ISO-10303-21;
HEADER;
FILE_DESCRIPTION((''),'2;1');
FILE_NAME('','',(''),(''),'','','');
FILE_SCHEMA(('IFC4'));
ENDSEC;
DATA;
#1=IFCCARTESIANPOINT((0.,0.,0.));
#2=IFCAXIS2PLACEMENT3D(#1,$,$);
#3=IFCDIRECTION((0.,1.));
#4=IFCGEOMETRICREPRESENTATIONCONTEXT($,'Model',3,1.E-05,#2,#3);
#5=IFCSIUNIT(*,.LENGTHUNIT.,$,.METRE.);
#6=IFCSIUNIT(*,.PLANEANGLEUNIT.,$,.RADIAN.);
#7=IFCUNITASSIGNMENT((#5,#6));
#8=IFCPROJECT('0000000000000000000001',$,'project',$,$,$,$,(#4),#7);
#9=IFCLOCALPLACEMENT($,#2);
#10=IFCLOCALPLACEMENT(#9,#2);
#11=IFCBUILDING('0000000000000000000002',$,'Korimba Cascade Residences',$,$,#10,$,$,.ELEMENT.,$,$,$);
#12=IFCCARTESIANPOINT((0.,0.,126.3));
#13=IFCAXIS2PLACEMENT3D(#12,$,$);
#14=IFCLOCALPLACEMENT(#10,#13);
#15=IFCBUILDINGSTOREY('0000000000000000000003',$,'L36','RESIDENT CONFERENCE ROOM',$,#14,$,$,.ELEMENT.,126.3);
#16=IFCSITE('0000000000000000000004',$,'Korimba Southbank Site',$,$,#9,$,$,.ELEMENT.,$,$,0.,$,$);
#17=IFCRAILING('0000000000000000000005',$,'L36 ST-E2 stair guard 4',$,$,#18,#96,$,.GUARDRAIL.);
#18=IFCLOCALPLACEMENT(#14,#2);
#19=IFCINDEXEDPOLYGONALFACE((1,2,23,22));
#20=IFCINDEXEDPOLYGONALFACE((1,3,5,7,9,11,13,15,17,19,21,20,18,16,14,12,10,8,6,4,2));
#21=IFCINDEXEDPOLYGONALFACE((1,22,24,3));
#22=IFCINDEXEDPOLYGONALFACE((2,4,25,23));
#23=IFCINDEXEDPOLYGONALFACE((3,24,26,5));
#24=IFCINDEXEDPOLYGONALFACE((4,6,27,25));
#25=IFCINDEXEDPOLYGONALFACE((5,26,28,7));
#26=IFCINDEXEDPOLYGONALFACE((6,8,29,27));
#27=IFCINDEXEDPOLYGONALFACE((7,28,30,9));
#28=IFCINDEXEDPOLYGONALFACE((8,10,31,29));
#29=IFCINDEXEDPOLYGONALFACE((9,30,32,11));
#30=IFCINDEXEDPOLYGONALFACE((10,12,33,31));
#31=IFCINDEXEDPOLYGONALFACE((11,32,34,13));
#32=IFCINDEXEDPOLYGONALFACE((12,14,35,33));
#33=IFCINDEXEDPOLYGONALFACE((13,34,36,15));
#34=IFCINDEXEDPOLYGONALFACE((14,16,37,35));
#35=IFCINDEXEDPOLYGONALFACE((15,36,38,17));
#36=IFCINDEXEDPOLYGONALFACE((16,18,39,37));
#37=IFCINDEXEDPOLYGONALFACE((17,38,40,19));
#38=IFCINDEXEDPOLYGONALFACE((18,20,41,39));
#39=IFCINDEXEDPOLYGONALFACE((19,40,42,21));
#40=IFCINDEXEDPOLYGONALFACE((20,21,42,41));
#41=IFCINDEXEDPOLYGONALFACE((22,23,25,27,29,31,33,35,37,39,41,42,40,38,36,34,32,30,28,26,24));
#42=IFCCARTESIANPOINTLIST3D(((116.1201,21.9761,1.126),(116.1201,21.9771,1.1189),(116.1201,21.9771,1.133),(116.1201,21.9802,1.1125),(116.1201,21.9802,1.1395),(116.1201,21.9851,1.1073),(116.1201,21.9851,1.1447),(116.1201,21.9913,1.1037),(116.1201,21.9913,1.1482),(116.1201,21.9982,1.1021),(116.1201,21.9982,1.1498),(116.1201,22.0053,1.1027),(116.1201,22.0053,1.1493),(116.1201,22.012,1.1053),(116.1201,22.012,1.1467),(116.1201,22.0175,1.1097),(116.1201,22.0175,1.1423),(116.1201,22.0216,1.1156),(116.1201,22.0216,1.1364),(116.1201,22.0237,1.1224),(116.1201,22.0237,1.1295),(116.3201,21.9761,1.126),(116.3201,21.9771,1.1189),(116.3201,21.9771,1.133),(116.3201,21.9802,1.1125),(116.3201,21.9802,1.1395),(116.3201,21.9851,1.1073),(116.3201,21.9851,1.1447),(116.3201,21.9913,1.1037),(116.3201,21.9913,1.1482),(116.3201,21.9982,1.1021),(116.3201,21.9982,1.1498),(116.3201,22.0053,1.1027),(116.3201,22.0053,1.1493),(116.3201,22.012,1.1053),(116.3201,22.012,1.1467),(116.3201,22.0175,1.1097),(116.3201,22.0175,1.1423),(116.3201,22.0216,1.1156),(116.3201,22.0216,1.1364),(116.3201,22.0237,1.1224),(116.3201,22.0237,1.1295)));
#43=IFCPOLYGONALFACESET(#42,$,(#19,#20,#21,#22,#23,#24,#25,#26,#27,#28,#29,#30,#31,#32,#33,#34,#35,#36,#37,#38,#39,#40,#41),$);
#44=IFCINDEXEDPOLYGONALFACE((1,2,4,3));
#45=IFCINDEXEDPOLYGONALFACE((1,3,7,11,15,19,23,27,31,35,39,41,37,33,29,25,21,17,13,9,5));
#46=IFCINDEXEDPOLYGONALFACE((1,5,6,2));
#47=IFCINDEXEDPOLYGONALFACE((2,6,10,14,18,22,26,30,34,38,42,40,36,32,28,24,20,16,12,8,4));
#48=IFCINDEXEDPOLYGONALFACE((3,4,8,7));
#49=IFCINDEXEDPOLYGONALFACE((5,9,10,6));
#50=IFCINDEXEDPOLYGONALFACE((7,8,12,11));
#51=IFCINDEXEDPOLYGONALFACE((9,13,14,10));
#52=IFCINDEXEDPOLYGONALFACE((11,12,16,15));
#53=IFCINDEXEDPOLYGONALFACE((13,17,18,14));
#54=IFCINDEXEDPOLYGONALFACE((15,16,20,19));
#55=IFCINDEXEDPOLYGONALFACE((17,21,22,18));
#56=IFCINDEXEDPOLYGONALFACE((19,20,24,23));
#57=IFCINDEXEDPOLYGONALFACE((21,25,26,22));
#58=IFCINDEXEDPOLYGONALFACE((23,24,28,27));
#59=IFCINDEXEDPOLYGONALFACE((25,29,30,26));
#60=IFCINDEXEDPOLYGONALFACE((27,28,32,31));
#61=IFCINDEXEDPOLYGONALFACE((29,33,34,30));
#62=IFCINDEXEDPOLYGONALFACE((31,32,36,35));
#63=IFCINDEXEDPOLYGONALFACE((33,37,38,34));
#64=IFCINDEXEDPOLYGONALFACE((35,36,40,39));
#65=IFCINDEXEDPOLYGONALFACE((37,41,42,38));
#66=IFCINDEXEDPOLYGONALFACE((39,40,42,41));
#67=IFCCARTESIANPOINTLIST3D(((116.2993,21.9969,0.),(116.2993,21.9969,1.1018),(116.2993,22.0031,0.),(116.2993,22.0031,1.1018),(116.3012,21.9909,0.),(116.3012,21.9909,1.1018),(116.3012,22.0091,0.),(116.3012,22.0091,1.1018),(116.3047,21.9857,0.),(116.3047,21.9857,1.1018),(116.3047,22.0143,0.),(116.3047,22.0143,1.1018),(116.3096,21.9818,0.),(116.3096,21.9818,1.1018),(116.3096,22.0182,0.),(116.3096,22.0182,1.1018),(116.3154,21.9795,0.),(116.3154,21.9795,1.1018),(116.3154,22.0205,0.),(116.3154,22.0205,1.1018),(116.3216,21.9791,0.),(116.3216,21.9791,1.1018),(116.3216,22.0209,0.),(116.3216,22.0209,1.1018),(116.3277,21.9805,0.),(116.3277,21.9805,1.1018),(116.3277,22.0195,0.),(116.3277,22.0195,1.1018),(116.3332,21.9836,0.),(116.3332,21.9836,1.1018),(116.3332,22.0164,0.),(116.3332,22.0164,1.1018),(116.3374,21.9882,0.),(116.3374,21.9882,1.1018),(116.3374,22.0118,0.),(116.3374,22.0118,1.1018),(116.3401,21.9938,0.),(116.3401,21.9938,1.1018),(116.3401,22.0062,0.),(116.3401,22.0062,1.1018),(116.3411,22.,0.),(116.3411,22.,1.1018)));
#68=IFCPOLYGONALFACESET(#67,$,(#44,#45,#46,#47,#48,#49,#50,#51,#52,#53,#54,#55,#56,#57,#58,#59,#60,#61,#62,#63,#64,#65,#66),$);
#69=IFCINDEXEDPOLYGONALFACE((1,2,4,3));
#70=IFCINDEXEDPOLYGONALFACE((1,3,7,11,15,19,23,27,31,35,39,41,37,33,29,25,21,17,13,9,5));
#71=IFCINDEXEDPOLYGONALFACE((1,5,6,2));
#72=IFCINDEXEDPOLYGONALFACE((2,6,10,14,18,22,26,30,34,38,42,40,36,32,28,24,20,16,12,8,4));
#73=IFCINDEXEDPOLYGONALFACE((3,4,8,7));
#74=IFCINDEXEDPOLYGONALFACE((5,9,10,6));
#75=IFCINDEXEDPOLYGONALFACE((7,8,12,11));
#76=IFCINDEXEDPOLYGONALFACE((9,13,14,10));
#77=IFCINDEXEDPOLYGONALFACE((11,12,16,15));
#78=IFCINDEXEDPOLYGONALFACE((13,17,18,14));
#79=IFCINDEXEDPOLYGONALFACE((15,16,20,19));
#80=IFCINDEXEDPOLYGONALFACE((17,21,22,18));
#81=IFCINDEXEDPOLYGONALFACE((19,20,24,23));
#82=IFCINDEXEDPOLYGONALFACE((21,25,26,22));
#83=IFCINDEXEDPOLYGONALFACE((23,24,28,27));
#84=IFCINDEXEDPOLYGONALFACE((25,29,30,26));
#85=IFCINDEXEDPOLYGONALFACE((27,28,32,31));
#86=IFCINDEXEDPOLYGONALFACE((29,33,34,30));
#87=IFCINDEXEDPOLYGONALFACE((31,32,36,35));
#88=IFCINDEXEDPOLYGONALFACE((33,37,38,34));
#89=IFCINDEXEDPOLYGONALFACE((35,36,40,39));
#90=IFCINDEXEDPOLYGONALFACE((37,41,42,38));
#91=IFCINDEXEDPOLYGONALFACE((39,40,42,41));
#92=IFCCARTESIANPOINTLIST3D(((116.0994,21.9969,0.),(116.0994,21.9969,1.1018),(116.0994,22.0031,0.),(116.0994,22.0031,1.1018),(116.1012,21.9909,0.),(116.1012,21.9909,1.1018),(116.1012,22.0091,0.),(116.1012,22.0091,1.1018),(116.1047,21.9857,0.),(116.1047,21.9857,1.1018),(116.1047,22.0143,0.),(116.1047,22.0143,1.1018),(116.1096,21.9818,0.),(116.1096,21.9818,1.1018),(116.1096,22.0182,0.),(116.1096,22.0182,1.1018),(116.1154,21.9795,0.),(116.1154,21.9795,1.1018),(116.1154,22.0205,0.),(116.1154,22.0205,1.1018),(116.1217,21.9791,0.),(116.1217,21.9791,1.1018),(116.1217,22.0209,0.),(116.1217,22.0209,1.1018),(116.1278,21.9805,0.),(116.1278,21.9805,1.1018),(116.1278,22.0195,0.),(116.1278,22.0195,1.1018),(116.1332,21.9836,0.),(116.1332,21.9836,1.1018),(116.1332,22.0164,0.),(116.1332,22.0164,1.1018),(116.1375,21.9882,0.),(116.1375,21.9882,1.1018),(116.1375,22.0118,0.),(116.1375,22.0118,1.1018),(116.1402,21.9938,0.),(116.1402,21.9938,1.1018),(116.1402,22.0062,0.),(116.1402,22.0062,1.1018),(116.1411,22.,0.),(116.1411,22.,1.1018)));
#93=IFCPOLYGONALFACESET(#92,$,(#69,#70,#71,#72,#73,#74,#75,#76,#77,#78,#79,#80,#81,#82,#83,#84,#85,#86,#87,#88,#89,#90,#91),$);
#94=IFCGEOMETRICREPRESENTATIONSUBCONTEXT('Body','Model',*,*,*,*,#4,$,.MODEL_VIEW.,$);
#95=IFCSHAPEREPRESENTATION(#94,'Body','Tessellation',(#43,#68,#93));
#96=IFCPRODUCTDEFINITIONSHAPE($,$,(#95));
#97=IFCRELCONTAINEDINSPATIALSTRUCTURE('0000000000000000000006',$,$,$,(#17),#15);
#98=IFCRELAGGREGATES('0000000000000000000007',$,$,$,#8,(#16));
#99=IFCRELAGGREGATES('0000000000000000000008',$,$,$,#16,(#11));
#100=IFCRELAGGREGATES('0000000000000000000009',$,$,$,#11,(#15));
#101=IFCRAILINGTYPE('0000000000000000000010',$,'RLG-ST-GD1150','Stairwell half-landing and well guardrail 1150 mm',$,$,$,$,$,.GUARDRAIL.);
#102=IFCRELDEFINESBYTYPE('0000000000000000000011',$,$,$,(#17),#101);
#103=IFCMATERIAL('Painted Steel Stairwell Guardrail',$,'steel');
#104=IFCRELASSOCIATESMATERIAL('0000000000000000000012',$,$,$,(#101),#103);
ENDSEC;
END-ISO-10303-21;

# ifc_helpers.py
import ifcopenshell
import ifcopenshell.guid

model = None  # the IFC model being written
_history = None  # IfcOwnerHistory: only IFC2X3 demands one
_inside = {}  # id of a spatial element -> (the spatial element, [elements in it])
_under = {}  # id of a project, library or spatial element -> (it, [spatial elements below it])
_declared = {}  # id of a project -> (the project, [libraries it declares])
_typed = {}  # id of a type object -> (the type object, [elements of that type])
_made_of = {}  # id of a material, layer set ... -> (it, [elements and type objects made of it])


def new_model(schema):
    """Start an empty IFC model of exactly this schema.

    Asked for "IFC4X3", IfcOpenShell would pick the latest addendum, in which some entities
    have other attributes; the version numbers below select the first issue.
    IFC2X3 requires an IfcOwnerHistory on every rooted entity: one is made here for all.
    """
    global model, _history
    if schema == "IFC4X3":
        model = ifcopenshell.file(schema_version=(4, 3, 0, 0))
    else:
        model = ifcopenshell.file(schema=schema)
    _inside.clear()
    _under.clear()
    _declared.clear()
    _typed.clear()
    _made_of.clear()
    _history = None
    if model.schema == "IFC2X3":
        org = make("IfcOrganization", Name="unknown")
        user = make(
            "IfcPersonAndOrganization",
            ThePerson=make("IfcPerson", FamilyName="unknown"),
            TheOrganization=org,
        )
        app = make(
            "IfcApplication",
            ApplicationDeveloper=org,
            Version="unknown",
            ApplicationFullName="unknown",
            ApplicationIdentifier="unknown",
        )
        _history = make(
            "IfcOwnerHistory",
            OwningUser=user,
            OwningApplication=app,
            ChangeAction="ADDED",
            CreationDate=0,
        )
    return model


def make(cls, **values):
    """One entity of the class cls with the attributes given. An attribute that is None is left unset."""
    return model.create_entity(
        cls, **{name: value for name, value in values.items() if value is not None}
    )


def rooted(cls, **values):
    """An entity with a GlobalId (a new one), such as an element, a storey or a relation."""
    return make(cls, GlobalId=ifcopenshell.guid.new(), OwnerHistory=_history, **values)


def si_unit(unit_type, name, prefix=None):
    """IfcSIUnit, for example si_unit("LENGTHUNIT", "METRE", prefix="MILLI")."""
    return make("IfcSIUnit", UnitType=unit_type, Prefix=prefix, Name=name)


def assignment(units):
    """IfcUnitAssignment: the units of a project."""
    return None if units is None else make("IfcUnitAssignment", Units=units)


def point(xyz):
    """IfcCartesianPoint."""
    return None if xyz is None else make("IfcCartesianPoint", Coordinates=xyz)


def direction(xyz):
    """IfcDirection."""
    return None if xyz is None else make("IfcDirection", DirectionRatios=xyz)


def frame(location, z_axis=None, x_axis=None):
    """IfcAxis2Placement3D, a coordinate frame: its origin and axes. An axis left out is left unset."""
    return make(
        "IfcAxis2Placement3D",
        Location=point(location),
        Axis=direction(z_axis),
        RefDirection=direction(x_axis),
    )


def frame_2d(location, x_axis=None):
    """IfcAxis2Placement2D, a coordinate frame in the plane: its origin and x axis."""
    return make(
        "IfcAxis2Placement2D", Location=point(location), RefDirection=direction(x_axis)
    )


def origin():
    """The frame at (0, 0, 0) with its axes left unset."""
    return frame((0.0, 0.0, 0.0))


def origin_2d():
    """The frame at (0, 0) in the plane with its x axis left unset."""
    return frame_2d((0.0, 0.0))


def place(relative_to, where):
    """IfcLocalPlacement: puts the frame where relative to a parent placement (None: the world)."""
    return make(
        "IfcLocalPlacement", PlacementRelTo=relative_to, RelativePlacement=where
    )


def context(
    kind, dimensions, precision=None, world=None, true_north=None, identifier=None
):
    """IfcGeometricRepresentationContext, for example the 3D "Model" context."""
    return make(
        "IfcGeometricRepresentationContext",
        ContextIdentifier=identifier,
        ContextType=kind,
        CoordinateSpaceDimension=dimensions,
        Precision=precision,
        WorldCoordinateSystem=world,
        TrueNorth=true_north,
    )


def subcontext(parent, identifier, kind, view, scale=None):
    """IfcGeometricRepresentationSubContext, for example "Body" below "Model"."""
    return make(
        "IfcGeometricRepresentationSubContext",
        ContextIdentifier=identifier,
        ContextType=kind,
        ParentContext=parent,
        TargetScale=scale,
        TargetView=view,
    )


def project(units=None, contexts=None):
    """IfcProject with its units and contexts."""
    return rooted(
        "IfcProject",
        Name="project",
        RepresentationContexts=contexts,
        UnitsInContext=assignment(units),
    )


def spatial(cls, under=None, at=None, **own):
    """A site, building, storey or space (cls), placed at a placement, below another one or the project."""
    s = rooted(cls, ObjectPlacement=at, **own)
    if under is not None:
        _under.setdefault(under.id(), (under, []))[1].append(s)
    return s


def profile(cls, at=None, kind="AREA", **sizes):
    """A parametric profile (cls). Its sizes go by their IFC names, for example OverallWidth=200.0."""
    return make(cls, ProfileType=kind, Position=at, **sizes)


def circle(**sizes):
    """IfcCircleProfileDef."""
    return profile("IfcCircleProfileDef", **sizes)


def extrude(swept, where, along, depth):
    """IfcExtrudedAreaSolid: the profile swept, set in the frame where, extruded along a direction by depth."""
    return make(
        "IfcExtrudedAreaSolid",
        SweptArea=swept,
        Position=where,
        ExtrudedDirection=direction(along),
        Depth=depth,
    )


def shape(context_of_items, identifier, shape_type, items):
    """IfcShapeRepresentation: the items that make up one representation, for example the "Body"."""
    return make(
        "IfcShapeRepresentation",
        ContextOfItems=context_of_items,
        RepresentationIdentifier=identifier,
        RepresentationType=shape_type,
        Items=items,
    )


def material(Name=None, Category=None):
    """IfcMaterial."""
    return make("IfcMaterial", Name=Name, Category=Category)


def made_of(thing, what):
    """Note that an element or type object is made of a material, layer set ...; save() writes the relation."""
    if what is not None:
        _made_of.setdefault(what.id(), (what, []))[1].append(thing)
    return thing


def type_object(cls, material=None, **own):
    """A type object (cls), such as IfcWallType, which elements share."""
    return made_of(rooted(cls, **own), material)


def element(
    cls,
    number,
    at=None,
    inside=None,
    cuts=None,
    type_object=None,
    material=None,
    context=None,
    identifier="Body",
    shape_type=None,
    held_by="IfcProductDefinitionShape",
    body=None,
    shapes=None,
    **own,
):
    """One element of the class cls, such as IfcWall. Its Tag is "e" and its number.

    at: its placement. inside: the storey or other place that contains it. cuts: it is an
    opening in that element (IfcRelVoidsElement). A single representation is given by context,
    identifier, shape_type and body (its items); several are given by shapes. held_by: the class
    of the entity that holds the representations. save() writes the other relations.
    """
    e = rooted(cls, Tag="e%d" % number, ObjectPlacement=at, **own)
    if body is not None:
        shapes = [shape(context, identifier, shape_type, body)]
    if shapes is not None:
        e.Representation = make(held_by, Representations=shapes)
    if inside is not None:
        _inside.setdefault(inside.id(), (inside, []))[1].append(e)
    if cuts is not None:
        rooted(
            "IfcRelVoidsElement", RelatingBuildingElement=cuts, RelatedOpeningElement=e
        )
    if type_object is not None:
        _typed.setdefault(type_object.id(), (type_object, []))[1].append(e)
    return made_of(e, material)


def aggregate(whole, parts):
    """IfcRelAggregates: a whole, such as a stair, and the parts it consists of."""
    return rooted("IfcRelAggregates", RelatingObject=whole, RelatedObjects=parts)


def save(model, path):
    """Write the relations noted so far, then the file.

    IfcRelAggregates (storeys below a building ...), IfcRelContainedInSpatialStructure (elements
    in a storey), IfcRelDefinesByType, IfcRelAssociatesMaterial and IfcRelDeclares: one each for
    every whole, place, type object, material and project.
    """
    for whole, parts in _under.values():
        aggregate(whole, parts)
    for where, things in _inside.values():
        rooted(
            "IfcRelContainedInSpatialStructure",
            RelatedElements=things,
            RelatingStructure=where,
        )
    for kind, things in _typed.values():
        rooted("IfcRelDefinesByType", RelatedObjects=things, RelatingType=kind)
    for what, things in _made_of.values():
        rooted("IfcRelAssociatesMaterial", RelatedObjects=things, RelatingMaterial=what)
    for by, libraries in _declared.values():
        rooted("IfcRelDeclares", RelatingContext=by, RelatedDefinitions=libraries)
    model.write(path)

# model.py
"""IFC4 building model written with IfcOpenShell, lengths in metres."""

from ifc_helpers import new_model, si_unit, direction, frame, origin, origin_2d, place, context, subcontext, project, spatial, circle, extrude, material, type_object, element, save


model = new_model("IFC4")

# Units and contexts
model_context = context("Model", 3, precision=1e-05, world=origin(), true_north=direction((0.0, 1.0)))
body_context = subcontext(model_context, "Body", "Model", "MODEL_VIEW")
ifc_project = project(units=[si_unit("LENGTHUNIT", "METRE"), si_unit("PLANEANGLEUNIT", "RADIAN")], contexts=[model_context])

# Site, building, storey
site_placement = place(None, origin())
site = spatial("IfcSite", under=ifc_project, at=site_placement, Name="Korimba Southbank Site", CompositionType="ELEMENT", RefElevation=0.0)
building_placement = place(site_placement, origin())
building = spatial("IfcBuilding", under=site, at=building_placement, Name="Korimba Cascade Residences", CompositionType="ELEMENT")
storey_placement = place(building_placement, frame((0.0, 0.0, 126.3)))
storey = spatial("IfcBuildingStorey", under=building, at=storey_placement, Name="L36", Description="RESIDENT CONFERENCE ROOM", CompositionType="ELEMENT", Elevation=126.3)

# Railing
ifc_material_1 = material(Name="Painted Steel Stairwell Guardrail", Category="steel")
railing_type_1 = type_object("IfcRailingType", Name="RLG-ST-GD1150", Description="Stairwell half-landing and well guardrail 1150 mm", PredefinedType="GUARDRAIL", material=ifc_material_1)
railing_1_placement = place(storey_placement, frame((116.3201, 22.0, 0.0)))
element("IfcRailing", 1, at=railing_1_placement, inside=storey, type_object=railing_type_1, Name="L36 ST-E2 stair guard 4", PredefinedType="GUARDRAIL", context=body_context, shape_type="SweptSolid", body=[
    extrude(circle(Radius=0.0239, at=origin_2d()), frame((0.0, 0.0, 1.126), z_axis=(-1.0, 0.0, 0.0), x_axis=(0.0, -1.0, 0.0)), (0.0, 0.0, 1.0), 0.2),
    extrude(circle(Radius=0.021, at=origin_2d()), origin(), (0.0, 0.0, 1.0), 1.1018),
    extrude(circle(Radius=0.021, at=origin_2d()), frame((-0.2, 0.0, 0.0)), (0.0, 0.0, 1.0), 1.1018),
])

save(model, "model.ifc")
